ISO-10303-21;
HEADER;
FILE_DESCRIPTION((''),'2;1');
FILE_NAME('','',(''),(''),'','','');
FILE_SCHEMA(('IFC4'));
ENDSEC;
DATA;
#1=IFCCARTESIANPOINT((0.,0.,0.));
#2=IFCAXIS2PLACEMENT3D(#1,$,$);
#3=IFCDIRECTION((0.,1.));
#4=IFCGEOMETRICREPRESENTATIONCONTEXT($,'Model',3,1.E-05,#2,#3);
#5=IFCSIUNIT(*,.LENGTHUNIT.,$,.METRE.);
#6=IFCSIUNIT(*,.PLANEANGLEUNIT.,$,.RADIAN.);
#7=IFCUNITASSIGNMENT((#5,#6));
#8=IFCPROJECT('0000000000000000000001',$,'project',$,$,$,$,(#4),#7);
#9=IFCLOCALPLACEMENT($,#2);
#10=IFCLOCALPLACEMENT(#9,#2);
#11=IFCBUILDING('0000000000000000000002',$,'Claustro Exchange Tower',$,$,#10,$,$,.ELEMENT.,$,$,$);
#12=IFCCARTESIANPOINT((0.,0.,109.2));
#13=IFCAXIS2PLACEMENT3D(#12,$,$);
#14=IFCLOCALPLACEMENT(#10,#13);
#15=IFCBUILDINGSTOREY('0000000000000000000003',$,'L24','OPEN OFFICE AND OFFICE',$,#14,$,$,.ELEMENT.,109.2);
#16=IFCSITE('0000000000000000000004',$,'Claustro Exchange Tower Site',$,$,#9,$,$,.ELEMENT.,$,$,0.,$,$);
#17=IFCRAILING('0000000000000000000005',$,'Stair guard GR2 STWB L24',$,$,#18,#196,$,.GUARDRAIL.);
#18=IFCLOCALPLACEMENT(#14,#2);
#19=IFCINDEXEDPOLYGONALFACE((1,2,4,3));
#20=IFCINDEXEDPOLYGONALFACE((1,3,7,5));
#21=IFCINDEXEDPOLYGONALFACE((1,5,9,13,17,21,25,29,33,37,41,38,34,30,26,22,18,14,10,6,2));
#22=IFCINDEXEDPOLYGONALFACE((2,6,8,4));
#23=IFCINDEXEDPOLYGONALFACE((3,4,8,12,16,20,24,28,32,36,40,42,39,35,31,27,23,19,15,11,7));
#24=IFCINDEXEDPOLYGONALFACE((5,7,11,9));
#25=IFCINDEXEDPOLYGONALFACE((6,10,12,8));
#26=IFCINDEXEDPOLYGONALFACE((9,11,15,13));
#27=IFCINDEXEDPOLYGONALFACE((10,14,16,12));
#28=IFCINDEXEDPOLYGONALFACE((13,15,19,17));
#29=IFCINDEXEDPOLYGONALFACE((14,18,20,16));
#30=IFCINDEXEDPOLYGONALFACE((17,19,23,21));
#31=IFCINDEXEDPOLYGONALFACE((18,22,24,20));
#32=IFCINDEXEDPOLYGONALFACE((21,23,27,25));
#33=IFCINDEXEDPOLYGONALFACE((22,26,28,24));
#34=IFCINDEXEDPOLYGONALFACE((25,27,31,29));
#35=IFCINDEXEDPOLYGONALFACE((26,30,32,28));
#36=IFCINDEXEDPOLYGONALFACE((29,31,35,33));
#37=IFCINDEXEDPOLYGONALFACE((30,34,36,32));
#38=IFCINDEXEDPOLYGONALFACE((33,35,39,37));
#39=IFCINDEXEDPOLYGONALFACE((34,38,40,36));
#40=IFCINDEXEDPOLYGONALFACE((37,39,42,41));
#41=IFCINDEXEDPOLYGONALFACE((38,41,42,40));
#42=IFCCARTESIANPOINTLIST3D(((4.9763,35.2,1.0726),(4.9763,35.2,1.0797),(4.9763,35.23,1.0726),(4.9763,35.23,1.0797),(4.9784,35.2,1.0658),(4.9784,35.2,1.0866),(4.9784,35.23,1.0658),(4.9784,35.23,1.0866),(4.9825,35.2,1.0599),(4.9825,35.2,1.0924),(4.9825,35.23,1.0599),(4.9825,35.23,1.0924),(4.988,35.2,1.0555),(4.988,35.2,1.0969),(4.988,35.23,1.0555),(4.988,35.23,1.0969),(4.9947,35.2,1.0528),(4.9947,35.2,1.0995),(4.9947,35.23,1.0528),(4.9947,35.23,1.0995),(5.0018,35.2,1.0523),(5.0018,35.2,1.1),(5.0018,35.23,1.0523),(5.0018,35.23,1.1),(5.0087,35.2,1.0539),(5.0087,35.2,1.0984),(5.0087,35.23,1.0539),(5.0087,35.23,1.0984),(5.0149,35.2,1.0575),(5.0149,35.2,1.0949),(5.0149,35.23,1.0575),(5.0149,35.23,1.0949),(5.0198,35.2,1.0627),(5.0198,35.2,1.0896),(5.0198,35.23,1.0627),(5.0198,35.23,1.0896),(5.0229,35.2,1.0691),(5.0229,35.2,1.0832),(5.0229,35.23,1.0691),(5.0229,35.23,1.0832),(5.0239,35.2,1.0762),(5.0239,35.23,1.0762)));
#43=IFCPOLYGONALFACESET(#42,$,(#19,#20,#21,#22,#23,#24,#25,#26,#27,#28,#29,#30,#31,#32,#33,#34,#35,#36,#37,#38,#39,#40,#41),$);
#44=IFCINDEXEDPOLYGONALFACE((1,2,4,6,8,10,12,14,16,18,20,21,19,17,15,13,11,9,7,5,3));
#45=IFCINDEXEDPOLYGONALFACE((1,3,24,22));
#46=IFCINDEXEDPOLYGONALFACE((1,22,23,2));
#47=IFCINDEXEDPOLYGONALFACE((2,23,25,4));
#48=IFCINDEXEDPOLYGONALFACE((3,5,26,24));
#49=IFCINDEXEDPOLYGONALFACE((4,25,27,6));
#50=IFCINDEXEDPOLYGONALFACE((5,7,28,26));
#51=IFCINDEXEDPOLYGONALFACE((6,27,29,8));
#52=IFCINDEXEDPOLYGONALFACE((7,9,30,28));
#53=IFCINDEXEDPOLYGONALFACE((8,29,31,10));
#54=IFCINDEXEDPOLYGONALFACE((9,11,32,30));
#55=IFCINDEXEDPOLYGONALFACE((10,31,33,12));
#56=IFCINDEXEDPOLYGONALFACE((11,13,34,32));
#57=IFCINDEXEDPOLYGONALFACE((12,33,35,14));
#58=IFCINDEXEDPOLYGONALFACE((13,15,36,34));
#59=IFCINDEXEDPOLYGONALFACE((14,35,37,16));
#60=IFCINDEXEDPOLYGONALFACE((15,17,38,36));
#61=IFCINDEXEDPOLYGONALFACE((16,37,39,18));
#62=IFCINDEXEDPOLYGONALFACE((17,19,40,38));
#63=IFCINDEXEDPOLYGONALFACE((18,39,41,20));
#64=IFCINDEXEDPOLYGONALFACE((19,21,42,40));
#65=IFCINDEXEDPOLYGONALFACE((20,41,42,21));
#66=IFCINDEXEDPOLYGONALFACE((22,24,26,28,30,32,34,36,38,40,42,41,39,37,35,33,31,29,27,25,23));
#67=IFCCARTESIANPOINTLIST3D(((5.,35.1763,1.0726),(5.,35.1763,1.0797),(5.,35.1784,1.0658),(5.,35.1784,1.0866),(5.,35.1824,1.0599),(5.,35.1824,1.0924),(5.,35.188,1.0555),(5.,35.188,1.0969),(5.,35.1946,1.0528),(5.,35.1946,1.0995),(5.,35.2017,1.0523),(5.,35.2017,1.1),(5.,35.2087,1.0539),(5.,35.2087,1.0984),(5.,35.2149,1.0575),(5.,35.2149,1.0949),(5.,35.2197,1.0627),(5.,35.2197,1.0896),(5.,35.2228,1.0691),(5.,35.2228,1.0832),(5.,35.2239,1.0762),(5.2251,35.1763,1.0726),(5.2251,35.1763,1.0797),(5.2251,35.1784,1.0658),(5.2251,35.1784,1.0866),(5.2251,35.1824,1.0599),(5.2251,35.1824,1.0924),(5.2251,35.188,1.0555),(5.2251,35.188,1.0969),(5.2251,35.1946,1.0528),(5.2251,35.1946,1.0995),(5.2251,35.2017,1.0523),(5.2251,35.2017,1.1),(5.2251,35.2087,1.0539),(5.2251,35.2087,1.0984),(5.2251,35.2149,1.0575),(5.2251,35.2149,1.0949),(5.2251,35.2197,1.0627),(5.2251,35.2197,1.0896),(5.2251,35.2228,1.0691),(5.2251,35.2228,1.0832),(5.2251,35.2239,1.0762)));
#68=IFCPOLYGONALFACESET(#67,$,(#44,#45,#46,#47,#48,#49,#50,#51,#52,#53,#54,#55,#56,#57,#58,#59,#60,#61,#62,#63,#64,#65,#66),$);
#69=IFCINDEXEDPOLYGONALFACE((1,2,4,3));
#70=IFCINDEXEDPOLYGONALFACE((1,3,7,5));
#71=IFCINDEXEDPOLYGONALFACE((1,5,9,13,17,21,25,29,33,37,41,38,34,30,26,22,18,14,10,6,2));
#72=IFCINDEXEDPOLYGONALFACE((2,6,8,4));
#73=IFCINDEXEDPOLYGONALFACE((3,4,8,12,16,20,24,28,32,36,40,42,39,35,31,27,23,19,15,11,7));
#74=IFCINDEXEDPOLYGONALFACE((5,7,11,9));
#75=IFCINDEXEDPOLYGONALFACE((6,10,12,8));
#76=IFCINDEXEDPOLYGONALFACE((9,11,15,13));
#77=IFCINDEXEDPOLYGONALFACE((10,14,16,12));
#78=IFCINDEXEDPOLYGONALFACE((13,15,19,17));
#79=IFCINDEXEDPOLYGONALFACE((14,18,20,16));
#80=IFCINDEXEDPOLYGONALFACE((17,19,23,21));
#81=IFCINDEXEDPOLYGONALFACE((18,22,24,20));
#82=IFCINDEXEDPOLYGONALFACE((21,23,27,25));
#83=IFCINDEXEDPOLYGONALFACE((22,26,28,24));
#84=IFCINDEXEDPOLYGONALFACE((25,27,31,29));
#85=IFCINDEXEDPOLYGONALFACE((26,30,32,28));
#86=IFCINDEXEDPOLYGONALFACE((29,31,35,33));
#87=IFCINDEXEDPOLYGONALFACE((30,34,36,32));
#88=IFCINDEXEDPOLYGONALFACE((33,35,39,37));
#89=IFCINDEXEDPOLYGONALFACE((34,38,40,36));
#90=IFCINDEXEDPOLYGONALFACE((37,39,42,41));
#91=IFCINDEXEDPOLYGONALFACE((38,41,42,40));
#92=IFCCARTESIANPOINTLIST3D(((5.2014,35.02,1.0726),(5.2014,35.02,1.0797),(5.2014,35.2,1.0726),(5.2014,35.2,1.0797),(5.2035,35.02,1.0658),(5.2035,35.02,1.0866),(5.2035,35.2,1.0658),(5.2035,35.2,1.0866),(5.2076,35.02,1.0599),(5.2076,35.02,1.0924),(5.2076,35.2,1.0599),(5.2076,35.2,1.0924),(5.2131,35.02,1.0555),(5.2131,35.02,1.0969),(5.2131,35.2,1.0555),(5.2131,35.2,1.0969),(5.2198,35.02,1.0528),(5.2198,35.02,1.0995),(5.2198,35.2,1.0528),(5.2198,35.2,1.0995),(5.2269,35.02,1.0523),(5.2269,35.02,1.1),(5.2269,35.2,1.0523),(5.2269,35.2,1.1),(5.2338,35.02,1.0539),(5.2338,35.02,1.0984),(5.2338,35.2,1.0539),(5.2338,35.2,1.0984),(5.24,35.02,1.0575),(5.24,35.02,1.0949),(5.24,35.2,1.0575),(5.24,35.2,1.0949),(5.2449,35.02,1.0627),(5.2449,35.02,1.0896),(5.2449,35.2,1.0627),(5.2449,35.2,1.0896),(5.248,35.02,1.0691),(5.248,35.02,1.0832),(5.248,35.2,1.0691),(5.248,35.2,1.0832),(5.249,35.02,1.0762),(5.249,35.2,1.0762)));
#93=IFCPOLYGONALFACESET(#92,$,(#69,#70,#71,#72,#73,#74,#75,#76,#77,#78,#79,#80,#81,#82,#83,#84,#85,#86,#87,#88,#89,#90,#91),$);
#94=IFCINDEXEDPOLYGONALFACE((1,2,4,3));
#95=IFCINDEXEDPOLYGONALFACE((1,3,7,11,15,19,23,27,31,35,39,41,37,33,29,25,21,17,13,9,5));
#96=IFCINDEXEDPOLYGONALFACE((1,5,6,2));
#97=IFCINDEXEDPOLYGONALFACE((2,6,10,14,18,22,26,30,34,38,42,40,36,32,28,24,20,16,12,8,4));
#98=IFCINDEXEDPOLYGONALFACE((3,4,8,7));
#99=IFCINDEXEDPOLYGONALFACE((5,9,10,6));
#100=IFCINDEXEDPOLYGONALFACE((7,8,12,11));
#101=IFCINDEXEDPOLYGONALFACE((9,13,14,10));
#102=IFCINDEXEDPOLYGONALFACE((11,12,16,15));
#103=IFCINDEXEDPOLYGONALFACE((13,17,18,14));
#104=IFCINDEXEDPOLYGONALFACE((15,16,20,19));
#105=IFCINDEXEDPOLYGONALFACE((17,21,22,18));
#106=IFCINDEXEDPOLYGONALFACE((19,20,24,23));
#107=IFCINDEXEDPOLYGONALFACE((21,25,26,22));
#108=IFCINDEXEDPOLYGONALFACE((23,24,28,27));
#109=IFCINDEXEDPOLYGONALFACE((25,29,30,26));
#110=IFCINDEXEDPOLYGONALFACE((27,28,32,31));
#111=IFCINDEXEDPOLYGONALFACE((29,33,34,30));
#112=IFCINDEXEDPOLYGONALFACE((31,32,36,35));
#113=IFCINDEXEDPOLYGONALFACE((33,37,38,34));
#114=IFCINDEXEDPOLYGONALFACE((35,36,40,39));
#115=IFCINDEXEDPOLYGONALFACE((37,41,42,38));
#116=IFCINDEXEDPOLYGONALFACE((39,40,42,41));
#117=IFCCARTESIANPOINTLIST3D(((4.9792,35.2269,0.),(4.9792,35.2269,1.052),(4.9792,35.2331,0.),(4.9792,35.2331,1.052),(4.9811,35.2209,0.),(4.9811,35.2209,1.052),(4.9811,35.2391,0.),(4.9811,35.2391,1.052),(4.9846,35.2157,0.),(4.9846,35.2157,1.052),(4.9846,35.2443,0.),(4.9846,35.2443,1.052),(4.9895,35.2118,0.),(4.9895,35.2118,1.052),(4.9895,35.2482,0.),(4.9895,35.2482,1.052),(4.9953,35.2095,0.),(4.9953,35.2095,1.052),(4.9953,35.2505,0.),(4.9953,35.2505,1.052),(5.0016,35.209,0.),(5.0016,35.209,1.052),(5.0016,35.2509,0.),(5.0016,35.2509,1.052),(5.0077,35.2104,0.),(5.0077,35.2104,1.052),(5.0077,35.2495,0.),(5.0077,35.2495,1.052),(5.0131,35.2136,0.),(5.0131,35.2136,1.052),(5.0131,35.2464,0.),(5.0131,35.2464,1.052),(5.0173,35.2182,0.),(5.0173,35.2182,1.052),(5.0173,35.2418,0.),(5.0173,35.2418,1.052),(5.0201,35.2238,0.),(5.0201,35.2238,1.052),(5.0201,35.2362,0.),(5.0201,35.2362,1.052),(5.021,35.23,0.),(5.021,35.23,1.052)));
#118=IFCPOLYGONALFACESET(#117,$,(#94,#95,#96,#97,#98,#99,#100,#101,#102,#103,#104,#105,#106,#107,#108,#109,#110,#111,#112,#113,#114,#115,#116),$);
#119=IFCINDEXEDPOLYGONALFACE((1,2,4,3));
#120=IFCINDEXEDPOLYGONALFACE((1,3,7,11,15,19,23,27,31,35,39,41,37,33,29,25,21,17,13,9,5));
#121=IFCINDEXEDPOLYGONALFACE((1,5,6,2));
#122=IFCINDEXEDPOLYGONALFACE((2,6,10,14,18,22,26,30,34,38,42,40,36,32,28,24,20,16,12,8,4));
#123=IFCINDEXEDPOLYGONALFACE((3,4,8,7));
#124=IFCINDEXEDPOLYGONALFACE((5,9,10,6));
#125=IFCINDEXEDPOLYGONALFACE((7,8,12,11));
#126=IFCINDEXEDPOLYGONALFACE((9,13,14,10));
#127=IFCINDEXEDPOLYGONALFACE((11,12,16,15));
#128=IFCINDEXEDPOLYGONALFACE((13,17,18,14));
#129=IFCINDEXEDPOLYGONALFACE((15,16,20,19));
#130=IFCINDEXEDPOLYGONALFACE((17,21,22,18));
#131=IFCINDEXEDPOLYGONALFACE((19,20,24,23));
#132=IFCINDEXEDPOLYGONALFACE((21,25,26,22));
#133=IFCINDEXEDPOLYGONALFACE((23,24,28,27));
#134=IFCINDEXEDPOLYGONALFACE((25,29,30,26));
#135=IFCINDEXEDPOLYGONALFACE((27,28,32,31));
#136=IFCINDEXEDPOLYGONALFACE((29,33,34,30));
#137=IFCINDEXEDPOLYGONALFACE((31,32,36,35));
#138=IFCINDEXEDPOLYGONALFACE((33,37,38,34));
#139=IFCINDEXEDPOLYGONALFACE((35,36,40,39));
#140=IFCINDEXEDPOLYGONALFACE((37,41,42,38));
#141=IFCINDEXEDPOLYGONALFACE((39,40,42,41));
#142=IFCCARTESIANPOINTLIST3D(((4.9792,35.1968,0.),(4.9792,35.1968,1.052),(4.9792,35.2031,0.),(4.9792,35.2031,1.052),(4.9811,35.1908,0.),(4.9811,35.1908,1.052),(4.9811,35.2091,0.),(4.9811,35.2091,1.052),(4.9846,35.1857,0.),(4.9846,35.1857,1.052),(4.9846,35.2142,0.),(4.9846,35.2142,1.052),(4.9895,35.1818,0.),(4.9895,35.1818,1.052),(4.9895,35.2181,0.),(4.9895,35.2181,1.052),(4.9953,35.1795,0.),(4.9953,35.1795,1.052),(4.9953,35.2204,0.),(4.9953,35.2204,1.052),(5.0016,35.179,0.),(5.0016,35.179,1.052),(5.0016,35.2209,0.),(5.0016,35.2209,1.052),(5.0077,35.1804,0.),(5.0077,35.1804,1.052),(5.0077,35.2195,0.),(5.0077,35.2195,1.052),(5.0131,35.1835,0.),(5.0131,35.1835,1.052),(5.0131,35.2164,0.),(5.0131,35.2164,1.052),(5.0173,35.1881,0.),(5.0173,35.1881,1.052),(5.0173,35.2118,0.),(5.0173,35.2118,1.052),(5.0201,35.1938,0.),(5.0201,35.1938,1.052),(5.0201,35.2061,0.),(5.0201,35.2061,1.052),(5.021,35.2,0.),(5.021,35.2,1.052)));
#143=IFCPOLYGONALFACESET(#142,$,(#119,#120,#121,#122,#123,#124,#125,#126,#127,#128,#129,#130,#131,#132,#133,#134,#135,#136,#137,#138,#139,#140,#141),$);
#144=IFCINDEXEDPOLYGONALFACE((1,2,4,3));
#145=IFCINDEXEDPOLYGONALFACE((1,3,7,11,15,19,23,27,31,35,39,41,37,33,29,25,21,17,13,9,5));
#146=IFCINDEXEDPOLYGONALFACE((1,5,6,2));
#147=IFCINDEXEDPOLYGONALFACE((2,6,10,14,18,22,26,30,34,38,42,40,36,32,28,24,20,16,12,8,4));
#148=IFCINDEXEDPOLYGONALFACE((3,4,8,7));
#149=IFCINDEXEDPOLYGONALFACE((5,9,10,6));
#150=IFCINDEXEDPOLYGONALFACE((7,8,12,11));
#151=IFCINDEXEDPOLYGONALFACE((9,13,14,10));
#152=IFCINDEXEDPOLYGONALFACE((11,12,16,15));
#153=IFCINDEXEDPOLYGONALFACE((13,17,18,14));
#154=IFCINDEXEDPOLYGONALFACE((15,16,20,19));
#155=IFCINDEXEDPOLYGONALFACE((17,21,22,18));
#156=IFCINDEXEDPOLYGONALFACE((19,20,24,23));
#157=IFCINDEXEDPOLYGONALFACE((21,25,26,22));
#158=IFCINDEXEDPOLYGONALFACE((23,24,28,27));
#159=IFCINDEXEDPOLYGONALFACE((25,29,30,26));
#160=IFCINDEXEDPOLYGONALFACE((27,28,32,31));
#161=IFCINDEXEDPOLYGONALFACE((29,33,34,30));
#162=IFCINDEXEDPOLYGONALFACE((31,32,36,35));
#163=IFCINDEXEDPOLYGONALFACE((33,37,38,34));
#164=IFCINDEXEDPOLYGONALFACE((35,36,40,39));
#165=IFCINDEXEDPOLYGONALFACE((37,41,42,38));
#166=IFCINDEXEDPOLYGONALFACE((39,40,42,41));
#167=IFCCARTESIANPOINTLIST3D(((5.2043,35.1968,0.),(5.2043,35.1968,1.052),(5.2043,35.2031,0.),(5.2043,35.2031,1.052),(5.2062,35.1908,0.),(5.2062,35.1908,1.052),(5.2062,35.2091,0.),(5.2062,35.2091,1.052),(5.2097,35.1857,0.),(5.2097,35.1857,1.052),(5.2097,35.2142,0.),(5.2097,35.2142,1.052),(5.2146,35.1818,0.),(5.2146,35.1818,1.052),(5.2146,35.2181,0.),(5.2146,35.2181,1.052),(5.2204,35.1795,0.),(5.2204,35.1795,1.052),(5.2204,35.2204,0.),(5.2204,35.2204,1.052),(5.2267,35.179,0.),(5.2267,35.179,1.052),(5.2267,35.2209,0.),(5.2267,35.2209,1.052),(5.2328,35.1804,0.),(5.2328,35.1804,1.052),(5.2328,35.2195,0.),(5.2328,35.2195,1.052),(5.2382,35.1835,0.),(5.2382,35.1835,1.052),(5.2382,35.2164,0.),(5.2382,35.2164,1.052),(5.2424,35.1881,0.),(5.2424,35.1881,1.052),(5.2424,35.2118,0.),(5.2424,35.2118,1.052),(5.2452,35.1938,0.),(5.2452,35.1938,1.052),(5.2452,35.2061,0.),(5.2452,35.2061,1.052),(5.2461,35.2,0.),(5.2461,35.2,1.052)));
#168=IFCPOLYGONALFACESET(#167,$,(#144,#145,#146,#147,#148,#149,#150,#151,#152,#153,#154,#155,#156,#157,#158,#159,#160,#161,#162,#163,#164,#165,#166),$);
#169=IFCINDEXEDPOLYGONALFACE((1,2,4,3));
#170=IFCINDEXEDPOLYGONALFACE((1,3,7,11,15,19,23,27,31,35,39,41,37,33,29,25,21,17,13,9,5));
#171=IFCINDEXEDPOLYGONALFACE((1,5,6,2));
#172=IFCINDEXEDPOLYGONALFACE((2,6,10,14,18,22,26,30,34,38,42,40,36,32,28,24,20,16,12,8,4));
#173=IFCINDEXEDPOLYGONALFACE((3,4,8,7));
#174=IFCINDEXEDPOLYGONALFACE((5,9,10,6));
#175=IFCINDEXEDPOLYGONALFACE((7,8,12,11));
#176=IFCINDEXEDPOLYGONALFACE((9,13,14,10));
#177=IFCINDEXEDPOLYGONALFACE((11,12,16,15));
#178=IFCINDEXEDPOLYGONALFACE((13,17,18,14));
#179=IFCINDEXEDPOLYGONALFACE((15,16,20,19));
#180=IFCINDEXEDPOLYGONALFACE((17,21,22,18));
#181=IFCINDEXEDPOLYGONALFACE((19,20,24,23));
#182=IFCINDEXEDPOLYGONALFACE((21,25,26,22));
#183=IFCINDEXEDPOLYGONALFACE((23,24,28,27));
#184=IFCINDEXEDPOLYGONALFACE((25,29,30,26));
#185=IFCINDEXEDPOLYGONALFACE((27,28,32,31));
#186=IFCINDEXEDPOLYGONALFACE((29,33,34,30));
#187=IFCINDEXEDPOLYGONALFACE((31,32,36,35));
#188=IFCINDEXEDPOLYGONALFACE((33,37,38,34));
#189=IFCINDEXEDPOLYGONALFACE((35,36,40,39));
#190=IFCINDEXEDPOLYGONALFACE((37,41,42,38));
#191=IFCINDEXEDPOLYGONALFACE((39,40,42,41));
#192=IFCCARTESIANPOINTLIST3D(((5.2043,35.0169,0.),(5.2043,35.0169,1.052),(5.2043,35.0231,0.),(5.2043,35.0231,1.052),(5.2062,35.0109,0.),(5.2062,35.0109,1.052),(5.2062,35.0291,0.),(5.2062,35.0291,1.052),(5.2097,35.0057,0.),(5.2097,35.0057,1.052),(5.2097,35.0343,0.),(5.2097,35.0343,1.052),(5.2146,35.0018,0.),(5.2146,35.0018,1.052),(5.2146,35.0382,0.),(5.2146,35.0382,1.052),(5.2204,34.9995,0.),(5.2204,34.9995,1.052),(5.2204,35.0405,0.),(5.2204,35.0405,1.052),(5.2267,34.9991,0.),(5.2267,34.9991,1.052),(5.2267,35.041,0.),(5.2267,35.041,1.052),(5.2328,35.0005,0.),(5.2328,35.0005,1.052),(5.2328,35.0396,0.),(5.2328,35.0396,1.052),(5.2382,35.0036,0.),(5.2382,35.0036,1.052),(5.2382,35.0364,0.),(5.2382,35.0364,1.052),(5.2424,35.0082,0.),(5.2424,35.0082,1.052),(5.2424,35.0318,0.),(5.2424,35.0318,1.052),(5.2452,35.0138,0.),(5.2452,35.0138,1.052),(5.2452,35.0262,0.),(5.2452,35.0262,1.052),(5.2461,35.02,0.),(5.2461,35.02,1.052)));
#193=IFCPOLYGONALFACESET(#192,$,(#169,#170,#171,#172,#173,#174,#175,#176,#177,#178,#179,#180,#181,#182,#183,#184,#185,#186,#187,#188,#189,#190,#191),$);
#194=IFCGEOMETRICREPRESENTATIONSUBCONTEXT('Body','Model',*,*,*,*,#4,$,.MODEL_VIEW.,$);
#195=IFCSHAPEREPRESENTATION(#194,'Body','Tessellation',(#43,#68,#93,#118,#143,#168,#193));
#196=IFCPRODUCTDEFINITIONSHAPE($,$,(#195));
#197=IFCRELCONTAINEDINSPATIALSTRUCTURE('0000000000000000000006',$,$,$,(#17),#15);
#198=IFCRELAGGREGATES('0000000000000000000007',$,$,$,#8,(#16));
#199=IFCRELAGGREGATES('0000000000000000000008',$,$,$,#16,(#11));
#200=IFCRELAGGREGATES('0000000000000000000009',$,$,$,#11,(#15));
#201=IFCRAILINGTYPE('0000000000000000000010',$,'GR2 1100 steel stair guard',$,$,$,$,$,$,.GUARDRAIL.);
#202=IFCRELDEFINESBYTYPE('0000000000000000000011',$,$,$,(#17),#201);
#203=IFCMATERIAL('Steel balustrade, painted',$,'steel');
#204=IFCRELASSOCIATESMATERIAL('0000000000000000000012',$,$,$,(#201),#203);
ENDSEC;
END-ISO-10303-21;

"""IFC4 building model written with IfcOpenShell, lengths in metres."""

from ifc_helpers import new_model, si_unit, direction, frame, origin, origin_2d, place, context, subcontext, project, spatial, circle, extrude, material, type_object, element, save


model = new_model("IFC4")

# Units and contexts
model_context = context("Model", 3, precision=1e-05, world=origin(), true_north=direction((0.0, 1.0)))
body_context = subcontext(model_context, "Body", "Model", "MODEL_VIEW")
ifc_project = project(units=[si_unit("LENGTHUNIT", "METRE"), si_unit("PLANEANGLEUNIT", "RADIAN")], contexts=[model_context])

# Site, building, storey
site_placement = place(None, origin())
site = spatial("IfcSite", under=ifc_project, at=site_placement, Name="Claustro Exchange Tower Site", CompositionType="ELEMENT", RefElevation=0.0)
building_placement = place(site_placement, origin())
building = spatial("IfcBuilding", under=site, at=building_placement, Name="Claustro Exchange Tower", CompositionType="ELEMENT")
storey_placement = place(building_placement, frame((0.0, 0.0, 109.2)))
storey = spatial("IfcBuildingStorey", under=building, at=storey_placement, Name="L24", Description="OPEN OFFICE AND OFFICE", CompositionType="ELEMENT", Elevation=109.2)

# Railing
ifc_material_1 = material(Name="Steel balustrade, painted", Category="steel")
railing_type_1 = type_object("IfcRailingType", Name="GR2 1100 steel stair guard", PredefinedType="GUARDRAIL", material=ifc_material_1)
railing_1_placement = place(storey_placement, frame((5.0, 35.23, 0.0)))
element("IfcRailing", 1, at=railing_1_placement, inside=storey, type_object=railing_type_1, Name="Stair guard GR2 STWB L24", PredefinedType="GUARDRAIL", context=body_context, shape_type="SweptSolid", body=[
    extrude(circle(Radius=0.0239, at=origin_2d()), frame((0.0, 0.0, 1.0762), z_axis=(0.0, -1.0, 0.0), x_axis=(1.0, 0.0, 0.0)), (0.0, 0.0, 1.0), 0.03),
    extrude(circle(Radius=0.0239, at=origin_2d()), frame((0.0, -0.03, 1.0762), z_axis=(1.0, 0.0, 0.0), x_axis=(0.0, 1.0, 0.0)), (0.0, 0.0, 1.0), 0.2251),
    extrude(circle(Radius=0.0239, at=origin_2d()), frame((0.2251, -0.03, 1.0762), z_axis=(0.0, -1.0, 0.0), x_axis=(1.0, 0.0, 0.0)), (0.0, 0.0, 1.0), 0.1799),
    extrude(circle(Radius=0.021, at=origin_2d()), origin(), (0.0, 0.0, 1.0), 1.052),
    extrude(circle(Radius=0.021, at=origin_2d()), frame((0.0, -0.03, 0.0)), (0.0, 0.0, 1.0), 1.052),
    extrude(circle(Radius=0.021, at=origin_2d()), frame((0.2251, -0.03, 0.0)), (0.0, 0.0, 1.0), 1.052),
    extrude(circle(Radius=0.021, at=origin_2d()), frame((0.2251, -0.21, 0.0)), (0.0, 0.0, 1.0), 1.052),
])

save(model, "model.ifc")
